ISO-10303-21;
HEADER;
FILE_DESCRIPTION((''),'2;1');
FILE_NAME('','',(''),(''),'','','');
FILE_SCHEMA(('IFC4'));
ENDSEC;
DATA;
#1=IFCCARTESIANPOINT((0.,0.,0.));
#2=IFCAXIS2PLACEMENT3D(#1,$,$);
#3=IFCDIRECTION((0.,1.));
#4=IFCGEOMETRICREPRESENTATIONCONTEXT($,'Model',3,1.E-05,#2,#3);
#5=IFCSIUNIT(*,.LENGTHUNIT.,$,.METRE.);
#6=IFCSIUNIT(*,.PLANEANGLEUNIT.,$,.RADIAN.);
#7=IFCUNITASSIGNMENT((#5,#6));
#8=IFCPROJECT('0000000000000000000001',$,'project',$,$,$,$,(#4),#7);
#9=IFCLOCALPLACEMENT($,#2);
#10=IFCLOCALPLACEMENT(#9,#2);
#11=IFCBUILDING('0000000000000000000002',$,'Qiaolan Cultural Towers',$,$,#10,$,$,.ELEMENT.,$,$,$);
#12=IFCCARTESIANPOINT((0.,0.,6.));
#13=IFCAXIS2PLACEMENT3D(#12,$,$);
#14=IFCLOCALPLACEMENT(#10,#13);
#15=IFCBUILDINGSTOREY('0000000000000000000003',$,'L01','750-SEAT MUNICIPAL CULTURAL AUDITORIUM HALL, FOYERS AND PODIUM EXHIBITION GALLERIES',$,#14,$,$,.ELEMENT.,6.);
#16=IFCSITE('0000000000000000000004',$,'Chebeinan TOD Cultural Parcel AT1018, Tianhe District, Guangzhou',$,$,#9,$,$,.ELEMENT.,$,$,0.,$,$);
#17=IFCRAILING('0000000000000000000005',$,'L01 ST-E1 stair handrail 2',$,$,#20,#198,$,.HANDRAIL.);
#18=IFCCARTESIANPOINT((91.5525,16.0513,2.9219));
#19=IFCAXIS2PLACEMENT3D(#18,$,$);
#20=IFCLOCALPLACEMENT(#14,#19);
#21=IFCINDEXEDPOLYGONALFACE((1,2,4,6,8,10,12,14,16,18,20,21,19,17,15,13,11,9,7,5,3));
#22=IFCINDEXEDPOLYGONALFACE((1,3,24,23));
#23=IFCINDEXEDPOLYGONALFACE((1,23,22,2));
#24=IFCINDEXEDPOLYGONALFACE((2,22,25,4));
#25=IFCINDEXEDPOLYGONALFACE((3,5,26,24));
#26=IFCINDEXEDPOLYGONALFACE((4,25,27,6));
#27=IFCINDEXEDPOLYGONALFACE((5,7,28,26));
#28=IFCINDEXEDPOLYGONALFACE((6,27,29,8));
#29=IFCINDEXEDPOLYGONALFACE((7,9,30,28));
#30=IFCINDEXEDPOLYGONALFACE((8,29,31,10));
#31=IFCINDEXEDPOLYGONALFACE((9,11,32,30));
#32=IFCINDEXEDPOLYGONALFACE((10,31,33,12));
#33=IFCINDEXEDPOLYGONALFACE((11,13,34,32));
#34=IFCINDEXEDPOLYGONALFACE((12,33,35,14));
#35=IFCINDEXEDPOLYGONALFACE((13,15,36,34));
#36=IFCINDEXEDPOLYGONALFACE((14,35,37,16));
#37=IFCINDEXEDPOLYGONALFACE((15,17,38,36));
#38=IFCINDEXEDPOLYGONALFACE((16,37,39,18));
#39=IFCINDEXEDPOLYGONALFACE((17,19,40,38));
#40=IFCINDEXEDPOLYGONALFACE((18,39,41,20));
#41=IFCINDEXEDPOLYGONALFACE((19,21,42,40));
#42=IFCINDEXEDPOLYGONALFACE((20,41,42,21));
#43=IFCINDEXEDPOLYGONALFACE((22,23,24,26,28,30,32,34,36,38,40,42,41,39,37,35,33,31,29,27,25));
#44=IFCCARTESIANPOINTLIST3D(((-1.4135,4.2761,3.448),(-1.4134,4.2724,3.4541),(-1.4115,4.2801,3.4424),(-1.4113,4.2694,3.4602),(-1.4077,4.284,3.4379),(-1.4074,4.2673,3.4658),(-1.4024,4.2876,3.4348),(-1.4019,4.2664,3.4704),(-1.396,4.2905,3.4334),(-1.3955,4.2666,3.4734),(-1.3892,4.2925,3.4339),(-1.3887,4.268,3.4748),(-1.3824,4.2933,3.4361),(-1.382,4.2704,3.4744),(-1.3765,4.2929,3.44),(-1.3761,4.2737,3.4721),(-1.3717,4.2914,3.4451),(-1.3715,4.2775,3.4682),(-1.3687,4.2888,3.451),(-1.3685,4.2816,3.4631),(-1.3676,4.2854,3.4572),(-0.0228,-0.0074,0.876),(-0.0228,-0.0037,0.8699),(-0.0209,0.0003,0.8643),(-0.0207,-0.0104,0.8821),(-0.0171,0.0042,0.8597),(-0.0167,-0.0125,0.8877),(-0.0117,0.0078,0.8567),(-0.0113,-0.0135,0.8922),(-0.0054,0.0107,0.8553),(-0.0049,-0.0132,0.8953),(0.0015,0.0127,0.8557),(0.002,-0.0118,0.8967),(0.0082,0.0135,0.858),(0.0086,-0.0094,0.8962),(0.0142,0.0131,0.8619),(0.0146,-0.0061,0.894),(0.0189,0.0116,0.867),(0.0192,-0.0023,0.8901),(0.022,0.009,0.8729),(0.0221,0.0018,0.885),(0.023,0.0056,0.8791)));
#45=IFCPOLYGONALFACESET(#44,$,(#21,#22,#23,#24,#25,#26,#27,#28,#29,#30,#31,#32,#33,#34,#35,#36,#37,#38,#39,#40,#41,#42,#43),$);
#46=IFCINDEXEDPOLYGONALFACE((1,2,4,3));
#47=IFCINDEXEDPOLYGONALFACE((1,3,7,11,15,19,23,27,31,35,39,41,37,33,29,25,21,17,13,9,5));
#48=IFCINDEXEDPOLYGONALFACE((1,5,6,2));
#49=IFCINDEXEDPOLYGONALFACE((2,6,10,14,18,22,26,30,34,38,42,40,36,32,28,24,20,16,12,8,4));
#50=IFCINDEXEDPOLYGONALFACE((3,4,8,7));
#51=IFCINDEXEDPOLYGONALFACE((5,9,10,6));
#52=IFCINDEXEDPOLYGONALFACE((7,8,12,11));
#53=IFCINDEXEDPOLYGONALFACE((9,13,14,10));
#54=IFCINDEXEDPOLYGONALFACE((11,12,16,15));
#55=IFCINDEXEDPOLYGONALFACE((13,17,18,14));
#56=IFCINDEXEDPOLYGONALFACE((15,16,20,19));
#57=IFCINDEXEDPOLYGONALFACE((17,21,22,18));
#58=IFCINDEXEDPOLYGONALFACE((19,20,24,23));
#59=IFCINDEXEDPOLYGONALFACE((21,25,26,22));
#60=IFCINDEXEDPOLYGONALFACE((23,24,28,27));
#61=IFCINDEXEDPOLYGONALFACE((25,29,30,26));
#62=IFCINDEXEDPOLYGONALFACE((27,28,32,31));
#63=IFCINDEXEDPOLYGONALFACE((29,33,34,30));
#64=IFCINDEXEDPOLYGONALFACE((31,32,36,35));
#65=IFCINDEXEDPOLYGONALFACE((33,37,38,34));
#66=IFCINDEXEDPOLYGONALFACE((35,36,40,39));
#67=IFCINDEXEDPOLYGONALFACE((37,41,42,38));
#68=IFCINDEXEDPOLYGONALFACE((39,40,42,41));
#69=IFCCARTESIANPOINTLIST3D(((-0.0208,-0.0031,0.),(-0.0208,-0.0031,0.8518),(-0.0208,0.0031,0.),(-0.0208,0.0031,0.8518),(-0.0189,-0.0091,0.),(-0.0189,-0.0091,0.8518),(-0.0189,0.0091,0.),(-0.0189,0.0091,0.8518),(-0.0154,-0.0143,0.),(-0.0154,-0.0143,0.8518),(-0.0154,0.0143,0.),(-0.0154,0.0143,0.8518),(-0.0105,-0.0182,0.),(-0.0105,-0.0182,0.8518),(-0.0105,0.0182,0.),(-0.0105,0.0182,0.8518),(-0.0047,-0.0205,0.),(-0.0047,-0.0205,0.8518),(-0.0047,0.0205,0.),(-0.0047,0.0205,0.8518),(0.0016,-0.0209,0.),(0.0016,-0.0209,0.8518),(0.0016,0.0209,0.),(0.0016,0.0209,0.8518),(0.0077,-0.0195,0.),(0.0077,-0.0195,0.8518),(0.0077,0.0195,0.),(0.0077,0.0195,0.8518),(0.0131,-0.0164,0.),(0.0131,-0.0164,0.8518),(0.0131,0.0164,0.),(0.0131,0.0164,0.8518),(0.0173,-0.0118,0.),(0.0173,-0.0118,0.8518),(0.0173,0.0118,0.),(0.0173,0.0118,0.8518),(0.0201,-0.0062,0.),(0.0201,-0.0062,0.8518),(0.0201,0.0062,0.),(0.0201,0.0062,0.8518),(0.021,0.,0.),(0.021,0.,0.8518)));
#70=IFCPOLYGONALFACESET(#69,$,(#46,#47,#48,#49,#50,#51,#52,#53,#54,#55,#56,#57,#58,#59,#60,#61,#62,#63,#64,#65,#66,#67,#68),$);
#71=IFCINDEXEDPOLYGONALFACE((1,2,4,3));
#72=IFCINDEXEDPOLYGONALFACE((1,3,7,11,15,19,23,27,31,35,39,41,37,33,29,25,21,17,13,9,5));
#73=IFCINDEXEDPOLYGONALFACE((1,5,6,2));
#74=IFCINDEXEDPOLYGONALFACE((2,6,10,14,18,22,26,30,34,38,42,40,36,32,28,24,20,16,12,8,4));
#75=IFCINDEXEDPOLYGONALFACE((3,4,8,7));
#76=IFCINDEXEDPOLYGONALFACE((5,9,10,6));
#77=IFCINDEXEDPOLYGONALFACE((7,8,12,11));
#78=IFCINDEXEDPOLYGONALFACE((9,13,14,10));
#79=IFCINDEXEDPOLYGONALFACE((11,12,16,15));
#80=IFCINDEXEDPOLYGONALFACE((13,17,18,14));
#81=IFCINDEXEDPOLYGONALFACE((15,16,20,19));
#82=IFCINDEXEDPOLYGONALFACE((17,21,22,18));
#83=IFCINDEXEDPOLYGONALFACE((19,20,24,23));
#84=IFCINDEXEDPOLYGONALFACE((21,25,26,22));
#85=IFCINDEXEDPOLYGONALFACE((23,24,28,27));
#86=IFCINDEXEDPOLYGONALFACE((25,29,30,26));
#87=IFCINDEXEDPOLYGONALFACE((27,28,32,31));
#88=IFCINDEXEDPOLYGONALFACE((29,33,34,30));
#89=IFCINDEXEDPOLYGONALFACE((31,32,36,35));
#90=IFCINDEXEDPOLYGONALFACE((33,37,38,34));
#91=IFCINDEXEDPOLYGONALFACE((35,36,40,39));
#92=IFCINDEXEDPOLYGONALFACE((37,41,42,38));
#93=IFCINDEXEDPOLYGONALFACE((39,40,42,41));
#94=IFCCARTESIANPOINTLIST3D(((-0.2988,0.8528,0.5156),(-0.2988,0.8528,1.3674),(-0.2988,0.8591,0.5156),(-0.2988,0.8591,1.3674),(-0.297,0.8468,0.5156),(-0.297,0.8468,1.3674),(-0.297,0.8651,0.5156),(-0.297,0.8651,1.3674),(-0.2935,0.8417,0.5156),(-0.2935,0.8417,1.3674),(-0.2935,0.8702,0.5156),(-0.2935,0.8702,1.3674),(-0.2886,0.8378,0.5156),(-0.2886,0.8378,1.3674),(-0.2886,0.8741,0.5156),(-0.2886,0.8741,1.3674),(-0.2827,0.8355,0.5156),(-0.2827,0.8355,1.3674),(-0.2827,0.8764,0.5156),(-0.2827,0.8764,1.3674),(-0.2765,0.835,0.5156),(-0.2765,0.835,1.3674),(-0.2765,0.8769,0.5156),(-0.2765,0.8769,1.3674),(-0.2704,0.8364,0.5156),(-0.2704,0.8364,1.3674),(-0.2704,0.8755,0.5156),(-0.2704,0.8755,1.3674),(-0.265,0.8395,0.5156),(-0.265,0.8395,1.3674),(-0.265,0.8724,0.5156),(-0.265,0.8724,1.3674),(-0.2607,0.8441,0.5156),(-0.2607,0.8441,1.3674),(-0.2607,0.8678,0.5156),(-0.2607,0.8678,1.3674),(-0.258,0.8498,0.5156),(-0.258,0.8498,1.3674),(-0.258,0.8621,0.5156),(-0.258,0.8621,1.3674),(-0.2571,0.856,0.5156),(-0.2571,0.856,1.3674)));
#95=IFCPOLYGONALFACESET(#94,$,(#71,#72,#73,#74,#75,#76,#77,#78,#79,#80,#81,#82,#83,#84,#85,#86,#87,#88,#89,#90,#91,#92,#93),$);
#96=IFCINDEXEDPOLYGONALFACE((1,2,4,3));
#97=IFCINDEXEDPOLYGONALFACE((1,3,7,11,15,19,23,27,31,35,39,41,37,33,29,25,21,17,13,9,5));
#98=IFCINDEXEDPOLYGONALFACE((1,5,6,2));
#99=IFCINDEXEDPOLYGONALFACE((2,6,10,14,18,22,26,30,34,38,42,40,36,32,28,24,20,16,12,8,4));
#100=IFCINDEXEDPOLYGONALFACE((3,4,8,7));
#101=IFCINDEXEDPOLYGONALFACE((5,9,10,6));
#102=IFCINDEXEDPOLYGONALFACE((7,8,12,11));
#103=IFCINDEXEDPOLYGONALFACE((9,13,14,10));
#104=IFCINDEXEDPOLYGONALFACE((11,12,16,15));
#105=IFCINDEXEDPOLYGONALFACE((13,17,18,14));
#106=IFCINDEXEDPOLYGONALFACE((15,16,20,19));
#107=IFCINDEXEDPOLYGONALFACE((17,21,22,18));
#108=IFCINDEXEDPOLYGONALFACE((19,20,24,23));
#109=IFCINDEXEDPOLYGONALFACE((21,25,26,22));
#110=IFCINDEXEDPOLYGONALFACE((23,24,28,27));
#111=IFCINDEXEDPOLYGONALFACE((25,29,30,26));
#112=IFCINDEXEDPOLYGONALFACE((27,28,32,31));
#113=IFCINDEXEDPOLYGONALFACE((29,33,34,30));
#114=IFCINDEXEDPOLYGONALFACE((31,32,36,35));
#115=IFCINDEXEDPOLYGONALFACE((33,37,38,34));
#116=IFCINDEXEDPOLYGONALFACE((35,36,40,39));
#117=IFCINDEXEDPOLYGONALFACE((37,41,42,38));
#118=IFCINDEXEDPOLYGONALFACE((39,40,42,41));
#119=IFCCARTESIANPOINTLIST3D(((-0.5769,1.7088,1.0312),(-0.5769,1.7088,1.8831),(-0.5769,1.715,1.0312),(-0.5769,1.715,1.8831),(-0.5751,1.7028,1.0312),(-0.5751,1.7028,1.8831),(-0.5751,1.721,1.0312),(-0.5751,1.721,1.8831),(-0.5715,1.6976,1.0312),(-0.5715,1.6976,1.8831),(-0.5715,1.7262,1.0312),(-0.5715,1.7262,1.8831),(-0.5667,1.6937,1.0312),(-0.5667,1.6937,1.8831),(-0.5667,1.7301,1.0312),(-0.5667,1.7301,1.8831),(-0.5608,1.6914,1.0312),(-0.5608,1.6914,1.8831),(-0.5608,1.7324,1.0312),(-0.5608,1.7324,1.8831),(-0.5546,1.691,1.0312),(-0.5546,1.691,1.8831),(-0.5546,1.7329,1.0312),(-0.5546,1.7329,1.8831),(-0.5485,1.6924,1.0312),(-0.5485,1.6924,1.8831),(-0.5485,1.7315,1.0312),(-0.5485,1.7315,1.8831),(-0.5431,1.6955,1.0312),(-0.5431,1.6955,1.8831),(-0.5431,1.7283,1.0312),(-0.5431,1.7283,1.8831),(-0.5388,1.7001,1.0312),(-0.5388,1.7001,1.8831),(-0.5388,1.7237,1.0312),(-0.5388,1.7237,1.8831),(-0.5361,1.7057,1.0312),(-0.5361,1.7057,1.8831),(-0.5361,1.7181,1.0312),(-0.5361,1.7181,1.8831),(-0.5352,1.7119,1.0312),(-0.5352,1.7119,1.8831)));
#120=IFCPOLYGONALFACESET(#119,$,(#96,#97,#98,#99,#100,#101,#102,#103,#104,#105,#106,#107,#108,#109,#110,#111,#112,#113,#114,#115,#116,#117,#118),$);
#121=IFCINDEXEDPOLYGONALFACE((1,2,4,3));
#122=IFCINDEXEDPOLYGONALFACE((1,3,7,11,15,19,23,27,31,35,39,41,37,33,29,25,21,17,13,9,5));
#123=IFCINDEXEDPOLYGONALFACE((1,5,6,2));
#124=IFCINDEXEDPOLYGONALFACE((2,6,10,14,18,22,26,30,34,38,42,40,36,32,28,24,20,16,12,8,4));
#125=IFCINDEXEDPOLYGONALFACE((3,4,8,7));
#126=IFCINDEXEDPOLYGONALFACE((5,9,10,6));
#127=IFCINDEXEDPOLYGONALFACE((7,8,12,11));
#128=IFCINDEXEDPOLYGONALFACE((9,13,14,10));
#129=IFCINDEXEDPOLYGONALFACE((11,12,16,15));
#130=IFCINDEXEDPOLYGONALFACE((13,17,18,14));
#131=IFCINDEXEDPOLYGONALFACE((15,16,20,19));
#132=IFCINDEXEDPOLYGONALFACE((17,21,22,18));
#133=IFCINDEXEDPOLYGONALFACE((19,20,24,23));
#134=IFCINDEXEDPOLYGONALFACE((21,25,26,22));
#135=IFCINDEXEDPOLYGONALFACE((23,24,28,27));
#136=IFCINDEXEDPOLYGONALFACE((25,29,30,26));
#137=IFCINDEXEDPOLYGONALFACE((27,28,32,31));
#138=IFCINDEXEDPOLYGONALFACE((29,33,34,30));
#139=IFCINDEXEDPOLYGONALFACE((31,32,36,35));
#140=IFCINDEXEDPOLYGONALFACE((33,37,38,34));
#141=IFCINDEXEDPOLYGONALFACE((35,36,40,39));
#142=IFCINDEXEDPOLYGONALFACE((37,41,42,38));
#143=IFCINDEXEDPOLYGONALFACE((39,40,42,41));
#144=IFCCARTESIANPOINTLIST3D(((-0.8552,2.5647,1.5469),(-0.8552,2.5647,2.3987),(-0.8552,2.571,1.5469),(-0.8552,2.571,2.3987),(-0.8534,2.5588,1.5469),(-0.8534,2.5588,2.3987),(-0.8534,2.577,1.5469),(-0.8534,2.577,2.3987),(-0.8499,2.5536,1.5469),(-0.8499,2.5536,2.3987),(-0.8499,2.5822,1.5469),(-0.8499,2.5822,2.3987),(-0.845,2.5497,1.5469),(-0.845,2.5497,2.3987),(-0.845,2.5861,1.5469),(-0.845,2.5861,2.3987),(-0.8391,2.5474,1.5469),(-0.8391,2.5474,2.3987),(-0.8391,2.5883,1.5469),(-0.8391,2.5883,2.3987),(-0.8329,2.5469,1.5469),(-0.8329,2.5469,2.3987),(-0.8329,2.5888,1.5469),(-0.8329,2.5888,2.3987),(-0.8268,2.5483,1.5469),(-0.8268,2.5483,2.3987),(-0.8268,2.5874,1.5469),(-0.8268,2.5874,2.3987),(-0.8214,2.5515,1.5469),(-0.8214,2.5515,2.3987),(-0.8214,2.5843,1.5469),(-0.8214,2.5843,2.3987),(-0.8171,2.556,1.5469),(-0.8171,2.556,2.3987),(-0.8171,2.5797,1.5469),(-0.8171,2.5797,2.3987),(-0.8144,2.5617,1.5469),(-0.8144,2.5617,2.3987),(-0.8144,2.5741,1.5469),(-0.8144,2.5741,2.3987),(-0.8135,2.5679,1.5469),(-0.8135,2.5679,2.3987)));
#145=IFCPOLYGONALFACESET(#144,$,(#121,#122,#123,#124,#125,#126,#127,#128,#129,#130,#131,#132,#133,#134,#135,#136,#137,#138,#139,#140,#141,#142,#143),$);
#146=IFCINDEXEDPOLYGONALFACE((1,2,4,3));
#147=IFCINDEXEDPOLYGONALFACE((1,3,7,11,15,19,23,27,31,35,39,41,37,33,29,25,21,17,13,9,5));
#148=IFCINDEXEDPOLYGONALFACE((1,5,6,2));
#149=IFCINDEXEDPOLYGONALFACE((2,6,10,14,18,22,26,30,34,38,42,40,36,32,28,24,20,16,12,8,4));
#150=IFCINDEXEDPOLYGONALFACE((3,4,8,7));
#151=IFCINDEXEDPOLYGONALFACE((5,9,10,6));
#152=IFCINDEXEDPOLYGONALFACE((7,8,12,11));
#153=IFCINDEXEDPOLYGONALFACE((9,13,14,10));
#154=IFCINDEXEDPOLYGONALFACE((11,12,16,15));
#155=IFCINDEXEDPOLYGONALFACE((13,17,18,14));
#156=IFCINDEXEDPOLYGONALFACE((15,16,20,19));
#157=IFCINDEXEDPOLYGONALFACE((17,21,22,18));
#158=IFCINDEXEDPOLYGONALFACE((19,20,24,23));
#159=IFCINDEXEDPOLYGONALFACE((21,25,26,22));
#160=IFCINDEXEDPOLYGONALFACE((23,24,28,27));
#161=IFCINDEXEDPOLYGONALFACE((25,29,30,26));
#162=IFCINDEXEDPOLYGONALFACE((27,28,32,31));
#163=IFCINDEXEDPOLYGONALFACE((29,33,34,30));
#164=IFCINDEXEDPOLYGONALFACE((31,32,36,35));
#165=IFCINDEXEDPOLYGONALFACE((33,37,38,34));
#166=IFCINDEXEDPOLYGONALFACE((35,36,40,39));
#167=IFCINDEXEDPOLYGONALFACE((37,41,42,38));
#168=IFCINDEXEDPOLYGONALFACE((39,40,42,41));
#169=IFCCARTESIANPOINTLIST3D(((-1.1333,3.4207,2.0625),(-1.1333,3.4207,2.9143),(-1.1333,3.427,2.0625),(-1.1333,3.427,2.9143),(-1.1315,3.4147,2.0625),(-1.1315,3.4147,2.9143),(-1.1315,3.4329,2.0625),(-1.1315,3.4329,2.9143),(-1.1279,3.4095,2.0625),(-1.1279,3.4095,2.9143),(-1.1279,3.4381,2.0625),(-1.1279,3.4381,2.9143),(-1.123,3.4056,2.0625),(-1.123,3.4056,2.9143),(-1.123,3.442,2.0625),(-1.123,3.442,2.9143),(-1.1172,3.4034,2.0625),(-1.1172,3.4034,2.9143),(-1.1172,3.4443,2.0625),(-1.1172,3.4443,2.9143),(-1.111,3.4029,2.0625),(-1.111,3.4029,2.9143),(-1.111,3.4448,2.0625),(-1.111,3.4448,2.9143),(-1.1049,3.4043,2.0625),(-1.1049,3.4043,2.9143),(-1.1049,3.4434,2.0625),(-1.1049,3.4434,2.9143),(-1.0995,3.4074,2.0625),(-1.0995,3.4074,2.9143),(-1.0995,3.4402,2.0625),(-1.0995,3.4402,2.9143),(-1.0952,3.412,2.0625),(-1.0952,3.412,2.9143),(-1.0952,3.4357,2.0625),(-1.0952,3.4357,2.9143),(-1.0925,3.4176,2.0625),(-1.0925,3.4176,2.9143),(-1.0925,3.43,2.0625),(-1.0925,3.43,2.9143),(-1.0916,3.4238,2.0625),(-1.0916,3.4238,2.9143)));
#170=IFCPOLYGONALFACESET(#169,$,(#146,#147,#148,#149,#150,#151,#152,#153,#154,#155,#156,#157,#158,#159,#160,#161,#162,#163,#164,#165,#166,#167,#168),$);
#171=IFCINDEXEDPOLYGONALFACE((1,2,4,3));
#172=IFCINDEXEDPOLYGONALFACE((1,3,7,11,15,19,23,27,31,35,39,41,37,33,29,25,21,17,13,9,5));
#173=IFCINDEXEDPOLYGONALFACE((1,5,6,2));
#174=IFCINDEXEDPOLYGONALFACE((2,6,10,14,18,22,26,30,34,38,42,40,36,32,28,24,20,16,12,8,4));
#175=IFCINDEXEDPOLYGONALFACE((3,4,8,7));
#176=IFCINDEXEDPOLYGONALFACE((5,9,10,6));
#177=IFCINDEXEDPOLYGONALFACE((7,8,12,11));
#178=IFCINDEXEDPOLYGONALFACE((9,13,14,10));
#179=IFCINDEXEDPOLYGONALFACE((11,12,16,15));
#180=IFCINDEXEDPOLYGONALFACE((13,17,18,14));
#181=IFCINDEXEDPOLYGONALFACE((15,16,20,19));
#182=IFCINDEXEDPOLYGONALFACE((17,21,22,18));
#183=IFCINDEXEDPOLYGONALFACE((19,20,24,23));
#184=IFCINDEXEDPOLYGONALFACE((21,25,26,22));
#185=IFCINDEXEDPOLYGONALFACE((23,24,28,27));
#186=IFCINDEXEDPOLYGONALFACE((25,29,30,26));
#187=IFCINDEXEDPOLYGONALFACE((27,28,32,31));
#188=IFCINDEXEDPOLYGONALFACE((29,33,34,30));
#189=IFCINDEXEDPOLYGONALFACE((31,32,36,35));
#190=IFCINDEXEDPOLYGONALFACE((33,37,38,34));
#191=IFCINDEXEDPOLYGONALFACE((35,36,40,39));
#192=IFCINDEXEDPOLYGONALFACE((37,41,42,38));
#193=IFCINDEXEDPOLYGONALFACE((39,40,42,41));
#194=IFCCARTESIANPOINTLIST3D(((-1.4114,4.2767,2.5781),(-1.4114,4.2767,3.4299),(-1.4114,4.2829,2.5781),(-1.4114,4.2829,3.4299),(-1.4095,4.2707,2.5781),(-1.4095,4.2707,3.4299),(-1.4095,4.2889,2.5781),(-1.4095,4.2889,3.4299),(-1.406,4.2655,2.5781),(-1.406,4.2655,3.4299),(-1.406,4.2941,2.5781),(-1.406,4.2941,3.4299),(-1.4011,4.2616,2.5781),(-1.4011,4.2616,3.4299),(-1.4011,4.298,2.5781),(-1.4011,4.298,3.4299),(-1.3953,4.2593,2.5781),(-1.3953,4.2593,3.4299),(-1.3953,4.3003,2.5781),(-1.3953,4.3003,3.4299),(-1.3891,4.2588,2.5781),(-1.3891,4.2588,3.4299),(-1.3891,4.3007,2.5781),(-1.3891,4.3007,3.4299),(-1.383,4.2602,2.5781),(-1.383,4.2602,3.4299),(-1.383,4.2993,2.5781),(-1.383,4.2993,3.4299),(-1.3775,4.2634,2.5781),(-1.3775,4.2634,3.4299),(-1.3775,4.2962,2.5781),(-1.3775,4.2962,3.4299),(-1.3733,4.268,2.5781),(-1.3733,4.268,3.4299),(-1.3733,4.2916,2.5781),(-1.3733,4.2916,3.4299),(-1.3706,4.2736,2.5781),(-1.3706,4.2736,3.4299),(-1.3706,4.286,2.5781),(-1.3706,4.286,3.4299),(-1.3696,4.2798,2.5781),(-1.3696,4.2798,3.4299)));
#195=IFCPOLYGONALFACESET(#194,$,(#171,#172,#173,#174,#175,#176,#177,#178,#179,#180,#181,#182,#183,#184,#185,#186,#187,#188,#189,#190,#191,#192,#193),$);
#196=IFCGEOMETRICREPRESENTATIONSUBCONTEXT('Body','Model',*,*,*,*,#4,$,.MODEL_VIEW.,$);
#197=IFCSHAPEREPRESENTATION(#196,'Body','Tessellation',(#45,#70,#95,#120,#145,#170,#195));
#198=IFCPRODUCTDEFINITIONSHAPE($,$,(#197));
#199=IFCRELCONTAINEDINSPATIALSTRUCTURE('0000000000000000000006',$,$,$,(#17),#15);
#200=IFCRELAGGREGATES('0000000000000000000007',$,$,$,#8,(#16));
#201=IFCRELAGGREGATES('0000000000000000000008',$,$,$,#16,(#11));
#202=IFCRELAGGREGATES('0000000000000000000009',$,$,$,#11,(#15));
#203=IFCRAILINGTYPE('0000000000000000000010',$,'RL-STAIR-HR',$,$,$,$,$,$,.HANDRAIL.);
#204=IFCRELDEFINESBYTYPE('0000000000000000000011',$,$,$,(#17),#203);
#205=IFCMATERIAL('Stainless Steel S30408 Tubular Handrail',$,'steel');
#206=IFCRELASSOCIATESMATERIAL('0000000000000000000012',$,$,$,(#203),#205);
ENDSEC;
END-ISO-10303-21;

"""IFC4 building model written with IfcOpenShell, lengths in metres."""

from ifc_helpers import new_model, si_unit, direction, frame, origin, origin_2d, place, context, subcontext, project, spatial, circle, extrude, material, type_object, element, save


model = new_model("IFC4")

# Units and contexts
model_context = context("Model", 3, precision=1e-05, world=origin(), true_north=direction((0.0, 1.0)))
body_context = subcontext(model_context, "Body", "Model", "MODEL_VIEW")
ifc_project = project(units=[si_unit("LENGTHUNIT", "METRE"), si_unit("PLANEANGLEUNIT", "RADIAN")], contexts=[model_context])

# Site, building, storey
site_placement = place(None, origin())
site = spatial("IfcSite", under=ifc_project, at=site_placement, Name="Chebeinan TOD Cultural Parcel AT1018, Tianhe District, Guangzhou", CompositionType="ELEMENT", RefElevation=0.0)
building_placement = place(site_placement, origin())
building = spatial("IfcBuilding", under=site, at=building_placement, Name="Qiaolan Cultural Towers", CompositionType="ELEMENT")
storey_placement = place(building_placement, frame((0.0, 0.0, 6.0)))
storey = spatial("IfcBuildingStorey", under=building, at=storey_placement, Name="L01", Description="750-SEAT MUNICIPAL CULTURAL AUDITORIUM HALL, FOYERS AND PODIUM EXHIBITION GALLERIES", CompositionType="ELEMENT", Elevation=6.0)

# Railing
ifc_material_1 = material(Name="Stainless Steel S30408 Tubular Handrail", Category="steel")
railing_type_1 = type_object("IfcRailingType", Name="RL-STAIR-HR", PredefinedType="HANDRAIL", material=ifc_material_1)
railing_1_placement = place(storey_placement, frame((91.5525, 16.0513, 2.9219)))
element("IfcRailing", 1, at=railing_1_placement, inside=storey, type_object=railing_type_1, Name="L01 ST-E1 stair handrail 2", PredefinedType="HANDRAIL", context=body_context, shape_type="SweptSolid", body=[
    extrude(circle(Radius=0.0239, at=origin_2d()), frame((0.0, 0.0, 0.876), z_axis=(-0.268137, 0.825219, 0.497108), x_axis=(-0.951054, -0.309025, 0.0)), (0.0, 0.0, 1.0), 5.1863),
    extrude(circle(Radius=0.021, at=origin_2d()), origin(), (0.0, 0.0, 1.0), 0.8518),
    extrude(circle(Radius=0.021, at=origin_2d()), frame((-0.2781, 0.856, 0.5156)), (0.0, 0.0, 1.0), 0.8518),
    extrude(circle(Radius=0.021, at=origin_2d()), frame((-0.5562, 1.7119, 1.0312)), (0.0, 0.0, 1.0), 0.8518),
    extrude(circle(Radius=0.021, at=origin_2d()), frame((-0.8345, 2.5679, 1.5469)), (0.0, 0.0, 1.0), 0.8518),
    extrude(circle(Radius=0.021, at=origin_2d()), frame((-1.1125, 3.4238, 2.0625)), (0.0, 0.0, 1.0), 0.8518),
    extrude(circle(Radius=0.021, at=origin_2d()), frame((-1.3906, 4.2798, 2.5781)), (0.0, 0.0, 1.0), 0.8518),
])

save(model, "model.ifc")
